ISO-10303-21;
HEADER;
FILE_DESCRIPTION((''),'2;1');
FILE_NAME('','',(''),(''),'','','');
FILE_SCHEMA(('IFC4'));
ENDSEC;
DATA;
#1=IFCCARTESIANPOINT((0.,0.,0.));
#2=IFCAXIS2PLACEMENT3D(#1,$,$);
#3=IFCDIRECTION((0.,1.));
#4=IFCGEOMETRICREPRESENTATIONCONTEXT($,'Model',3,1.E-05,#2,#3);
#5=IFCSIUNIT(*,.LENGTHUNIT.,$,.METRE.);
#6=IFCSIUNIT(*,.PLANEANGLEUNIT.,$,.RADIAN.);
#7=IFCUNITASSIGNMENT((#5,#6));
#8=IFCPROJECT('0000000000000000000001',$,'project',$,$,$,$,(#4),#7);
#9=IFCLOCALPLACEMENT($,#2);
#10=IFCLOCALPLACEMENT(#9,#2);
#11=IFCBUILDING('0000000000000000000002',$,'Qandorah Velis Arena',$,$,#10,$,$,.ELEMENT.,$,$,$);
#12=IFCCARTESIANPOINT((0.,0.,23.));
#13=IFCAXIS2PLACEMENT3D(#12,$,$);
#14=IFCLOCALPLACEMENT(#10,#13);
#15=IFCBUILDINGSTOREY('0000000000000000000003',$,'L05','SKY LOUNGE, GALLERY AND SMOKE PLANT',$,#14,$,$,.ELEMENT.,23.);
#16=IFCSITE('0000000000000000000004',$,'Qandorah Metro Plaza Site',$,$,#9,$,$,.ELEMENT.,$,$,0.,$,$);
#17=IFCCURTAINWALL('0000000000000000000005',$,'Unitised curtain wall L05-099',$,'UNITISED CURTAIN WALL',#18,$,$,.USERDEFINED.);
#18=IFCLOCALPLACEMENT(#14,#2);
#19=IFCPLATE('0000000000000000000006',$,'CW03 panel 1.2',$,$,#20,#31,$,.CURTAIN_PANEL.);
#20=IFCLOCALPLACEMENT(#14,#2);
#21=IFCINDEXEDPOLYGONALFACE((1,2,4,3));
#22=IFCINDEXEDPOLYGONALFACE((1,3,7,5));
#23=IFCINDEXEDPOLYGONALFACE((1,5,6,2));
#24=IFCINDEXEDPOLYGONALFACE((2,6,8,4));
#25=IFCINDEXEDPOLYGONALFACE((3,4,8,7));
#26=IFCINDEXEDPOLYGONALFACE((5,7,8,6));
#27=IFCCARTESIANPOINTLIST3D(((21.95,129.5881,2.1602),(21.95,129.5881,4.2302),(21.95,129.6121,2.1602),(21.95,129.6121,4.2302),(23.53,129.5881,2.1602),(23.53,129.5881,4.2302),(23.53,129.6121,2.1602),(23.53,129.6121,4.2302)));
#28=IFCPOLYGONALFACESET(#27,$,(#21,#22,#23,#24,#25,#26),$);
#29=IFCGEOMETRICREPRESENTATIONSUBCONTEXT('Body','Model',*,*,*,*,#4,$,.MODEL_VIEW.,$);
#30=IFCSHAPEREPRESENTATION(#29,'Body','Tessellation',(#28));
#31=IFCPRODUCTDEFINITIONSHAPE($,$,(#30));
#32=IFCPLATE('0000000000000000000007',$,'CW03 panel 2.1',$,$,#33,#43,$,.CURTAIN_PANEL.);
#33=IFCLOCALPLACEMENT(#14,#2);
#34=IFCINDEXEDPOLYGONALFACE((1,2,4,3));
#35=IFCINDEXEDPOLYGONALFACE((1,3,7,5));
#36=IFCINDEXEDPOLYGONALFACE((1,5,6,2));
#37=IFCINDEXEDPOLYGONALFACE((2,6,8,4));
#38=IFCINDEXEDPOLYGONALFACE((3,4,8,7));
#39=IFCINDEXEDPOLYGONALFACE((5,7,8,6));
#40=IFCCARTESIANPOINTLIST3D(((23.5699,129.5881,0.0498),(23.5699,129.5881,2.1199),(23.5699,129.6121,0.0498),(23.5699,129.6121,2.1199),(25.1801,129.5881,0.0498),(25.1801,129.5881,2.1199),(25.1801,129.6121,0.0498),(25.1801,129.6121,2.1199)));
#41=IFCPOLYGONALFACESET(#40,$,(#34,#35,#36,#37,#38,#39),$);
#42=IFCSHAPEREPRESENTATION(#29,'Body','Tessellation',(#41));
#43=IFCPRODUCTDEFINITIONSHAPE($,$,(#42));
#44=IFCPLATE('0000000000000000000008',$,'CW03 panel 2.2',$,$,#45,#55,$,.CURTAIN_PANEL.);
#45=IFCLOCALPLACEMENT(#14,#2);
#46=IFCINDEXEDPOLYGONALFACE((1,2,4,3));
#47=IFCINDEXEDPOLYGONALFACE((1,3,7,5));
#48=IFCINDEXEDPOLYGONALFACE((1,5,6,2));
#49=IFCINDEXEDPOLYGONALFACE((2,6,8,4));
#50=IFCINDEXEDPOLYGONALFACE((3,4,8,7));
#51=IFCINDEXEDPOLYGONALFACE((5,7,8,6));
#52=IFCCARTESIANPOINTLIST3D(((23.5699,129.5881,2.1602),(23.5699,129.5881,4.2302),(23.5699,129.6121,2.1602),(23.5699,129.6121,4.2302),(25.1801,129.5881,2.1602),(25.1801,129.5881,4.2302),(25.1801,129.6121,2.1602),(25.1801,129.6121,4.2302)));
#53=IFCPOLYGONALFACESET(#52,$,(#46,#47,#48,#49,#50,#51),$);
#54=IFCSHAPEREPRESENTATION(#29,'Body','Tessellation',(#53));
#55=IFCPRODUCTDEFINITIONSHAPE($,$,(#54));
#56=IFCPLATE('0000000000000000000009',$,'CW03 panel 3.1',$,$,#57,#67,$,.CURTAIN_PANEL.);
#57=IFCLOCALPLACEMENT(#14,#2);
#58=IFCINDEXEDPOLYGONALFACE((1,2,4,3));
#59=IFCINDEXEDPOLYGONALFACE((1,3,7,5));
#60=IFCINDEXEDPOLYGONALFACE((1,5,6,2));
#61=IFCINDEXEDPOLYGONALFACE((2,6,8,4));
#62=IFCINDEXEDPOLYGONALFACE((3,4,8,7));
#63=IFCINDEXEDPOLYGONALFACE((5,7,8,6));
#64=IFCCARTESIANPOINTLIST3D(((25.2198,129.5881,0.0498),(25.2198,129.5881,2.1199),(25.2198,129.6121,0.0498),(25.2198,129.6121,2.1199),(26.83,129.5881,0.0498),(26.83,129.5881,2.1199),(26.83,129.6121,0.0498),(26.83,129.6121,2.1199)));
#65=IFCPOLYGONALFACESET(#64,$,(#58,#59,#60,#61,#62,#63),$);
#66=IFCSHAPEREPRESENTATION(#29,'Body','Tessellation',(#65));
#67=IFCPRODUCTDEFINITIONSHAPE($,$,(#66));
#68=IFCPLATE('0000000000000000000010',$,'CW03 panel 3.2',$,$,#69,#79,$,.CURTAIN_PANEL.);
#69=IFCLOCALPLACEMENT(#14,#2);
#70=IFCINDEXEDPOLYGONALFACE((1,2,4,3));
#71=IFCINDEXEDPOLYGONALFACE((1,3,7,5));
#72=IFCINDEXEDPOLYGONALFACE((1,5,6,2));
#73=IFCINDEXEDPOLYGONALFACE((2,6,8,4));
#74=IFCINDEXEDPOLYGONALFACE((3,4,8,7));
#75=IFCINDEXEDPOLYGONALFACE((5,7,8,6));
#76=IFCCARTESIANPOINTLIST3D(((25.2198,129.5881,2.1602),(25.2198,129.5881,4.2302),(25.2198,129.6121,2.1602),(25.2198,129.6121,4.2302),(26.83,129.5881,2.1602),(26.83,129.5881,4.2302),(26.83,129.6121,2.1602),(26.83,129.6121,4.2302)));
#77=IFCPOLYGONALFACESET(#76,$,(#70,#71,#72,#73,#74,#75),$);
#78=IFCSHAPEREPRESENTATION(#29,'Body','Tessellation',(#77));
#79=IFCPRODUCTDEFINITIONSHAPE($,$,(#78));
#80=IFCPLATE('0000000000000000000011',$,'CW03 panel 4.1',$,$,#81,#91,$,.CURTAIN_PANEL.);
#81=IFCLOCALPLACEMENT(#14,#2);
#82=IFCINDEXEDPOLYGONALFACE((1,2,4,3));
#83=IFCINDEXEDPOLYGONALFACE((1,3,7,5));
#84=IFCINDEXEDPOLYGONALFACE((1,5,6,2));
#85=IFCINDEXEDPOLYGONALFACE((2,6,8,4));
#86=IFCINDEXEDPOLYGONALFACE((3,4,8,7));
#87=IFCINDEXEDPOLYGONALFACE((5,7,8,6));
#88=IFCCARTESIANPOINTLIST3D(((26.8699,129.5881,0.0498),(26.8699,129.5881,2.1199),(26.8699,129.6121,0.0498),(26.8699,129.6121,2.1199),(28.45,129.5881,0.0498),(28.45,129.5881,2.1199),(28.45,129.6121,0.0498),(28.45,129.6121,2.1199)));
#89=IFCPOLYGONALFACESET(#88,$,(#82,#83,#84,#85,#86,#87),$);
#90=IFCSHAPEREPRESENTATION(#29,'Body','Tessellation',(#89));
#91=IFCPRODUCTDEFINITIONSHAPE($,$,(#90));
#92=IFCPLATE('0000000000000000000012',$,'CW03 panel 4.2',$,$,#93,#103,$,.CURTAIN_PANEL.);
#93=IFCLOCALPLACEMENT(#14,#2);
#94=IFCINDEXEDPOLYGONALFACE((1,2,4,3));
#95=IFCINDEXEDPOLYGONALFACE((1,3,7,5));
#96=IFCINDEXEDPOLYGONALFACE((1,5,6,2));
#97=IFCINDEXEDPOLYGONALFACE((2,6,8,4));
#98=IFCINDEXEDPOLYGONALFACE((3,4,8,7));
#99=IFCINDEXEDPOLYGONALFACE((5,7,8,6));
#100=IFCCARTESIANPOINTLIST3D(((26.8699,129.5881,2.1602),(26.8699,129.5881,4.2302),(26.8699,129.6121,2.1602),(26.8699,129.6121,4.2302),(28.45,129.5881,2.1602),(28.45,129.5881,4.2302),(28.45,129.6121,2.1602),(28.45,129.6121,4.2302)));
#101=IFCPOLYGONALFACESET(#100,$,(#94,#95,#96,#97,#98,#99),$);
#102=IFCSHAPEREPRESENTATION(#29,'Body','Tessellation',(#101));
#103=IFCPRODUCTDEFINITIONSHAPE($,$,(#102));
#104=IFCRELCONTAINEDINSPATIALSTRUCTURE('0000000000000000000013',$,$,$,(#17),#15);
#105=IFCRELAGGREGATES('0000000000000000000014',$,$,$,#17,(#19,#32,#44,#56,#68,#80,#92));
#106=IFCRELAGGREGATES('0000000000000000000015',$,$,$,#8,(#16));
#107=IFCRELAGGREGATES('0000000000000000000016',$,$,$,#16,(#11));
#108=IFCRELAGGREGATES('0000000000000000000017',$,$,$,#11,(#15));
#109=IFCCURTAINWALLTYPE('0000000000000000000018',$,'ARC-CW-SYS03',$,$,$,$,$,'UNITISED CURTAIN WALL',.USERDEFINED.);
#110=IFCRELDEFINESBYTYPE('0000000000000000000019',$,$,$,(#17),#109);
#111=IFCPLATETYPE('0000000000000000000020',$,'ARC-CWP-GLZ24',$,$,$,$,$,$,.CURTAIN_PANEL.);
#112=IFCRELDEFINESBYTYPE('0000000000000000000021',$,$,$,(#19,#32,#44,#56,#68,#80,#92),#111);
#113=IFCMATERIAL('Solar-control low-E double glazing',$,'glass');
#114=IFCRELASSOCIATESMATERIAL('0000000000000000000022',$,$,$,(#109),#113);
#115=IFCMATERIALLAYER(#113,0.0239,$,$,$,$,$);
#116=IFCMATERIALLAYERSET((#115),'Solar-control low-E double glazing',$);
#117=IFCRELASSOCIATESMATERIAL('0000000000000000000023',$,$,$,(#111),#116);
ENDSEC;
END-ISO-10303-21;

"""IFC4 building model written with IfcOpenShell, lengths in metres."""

from ifc_helpers import new_model, si_unit, direction, frame, origin, origin_2d, place, context, subcontext, project, spatial, rectangle, extrude, material, layer, layer_set, type_object, element, aggregate, save


model = new_model("IFC4")

# Units and contexts
model_context = context("Model", 3, precision=1e-05, world=origin(), true_north=direction((0.0, 1.0)))
body_context = subcontext(model_context, "Body", "Model", "MODEL_VIEW")
ifc_project = project(units=[si_unit("LENGTHUNIT", "METRE"), si_unit("PLANEANGLEUNIT", "RADIAN")], contexts=[model_context])

# Site, building, storey
site_placement = place(None, origin())
site = spatial("IfcSite", under=ifc_project, at=site_placement, Name="Qandorah Metro Plaza Site", CompositionType="ELEMENT", RefElevation=0.0)
building_placement = place(site_placement, origin())
building = spatial("IfcBuilding", under=site, at=building_placement, Name="Qandorah Velis Arena", CompositionType="ELEMENT")
storey_placement = place(building_placement, frame((0.0, 0.0, 23.0)))
storey = spatial("IfcBuildingStorey", under=building, at=storey_placement, Name="L05", Description="SKY LOUNGE, GALLERY AND SMOKE PLANT", CompositionType="ELEMENT", Elevation=23.0)

# Curtain wall
ifc_material_1 = material(Name="Solar-control low-E double glazing", Category="glass")
curtain_wall_type = type_object("IfcCurtainWallType", Name="ARC-CW-SYS03", ElementType="UNITISED CURTAIN WALL", PredefinedType="USERDEFINED", material=ifc_material_1)
curtain_wall_placement = place(storey_placement, origin())
curtain_wall = element("IfcCurtainWall", 1, at=curtain_wall_placement, inside=storey, type_object=curtain_wall_type, Name="Unitised curtain wall L05-099", ObjectType="UNITISED CURTAIN WALL", PredefinedType="USERDEFINED")

# Plates
ifc_layer = layer(ifc_material_1, 0.0239)
ifc_layer_set = layer_set([ifc_layer], Name="Solar-control low-E double glazing")
plate_type = type_object("IfcPlateType", Name="ARC-CWP-GLZ24", PredefinedType="CURTAIN_PANEL", material=ifc_layer_set)
plate_1_placement = place(storey_placement, frame((22.74, 129.6001, 2.1602), z_axis=(0.0, 0.0, 1.0), x_axis=(1.0, 0.0, 0.0)))
plate_1 = element("IfcPlate", 2, at=plate_1_placement, type_object=plate_type, Name="CW03 panel 1.2", PredefinedType="CURTAIN_PANEL", context=body_context, shape_type="SweptSolid", body=[
    extrude(rectangle(XDim=1.5801, YDim=0.0239, at=origin_2d()), origin(), (0.0, 0.0, 1.0), 2.0701),
])
plate_2_placement = place(storey_placement, frame((24.375, 129.6001, 0.0498), z_axis=(0.0, 0.0, 1.0), x_axis=(1.0, 0.0, 0.0)))
plate_2 = element("IfcPlate", 3, at=plate_2_placement, type_object=plate_type, Name="CW03 panel 2.1", PredefinedType="CURTAIN_PANEL", context=body_context, shape_type="SweptSolid", body=[
    extrude(rectangle(XDim=1.6101, YDim=0.0239, at=origin_2d()), origin(), (0.0, 0.0, 1.0), 2.0701),
])
plate_3_placement = place(storey_placement, frame((24.375, 129.6001, 2.1602), z_axis=(0.0, 0.0, 1.0), x_axis=(1.0, 0.0, 0.0)))
plate_3 = element("IfcPlate", 4, at=plate_3_placement, type_object=plate_type, Name="CW03 panel 2.2", PredefinedType="CURTAIN_PANEL", context=body_context, shape_type="SweptSolid", body=[
    extrude(rectangle(XDim=1.6101, YDim=0.0239, at=origin_2d()), origin(), (0.0, 0.0, 1.0), 2.0701),
])
plate_4_placement = place(storey_placement, frame((26.0249, 129.6001, 0.0498), z_axis=(0.0, 0.0, 1.0), x_axis=(1.0, 0.0, 0.0)))
plate_4 = element("IfcPlate", 5, at=plate_4_placement, type_object=plate_type, Name="CW03 panel 3.1", PredefinedType="CURTAIN_PANEL", context=body_context, shape_type="SweptSolid", body=[
    extrude(rectangle(XDim=1.6101, YDim=0.0239, at=origin_2d()), origin(), (0.0, 0.0, 1.0), 2.0701),
])
plate_5_placement = place(storey_placement, frame((26.0249, 129.6001, 2.1602), z_axis=(0.0, 0.0, 1.0), x_axis=(1.0, 0.0, 0.0)))
plate_5 = element("IfcPlate", 6, at=plate_5_placement, type_object=plate_type, Name="CW03 panel 3.2", PredefinedType="CURTAIN_PANEL", context=body_context, shape_type="SweptSolid", body=[
    extrude(rectangle(XDim=1.6101, YDim=0.0239, at=origin_2d()), origin(), (0.0, 0.0, 1.0), 2.0701),
])
plate_6_placement = place(storey_placement, frame((27.6599, 129.6001, 0.0498), z_axis=(0.0, 0.0, 1.0), x_axis=(1.0, 0.0, 0.0)))
plate_6 = element("IfcPlate", 7, at=plate_6_placement, type_object=plate_type, Name="CW03 panel 4.1", PredefinedType="CURTAIN_PANEL", context=body_context, shape_type="SweptSolid", body=[
    extrude(rectangle(XDim=1.5801, YDim=0.0239, at=origin_2d()), origin(), (0.0, 0.0, 1.0), 2.0701),
])
plate_7_placement = place(storey_placement, frame((27.6599, 129.6001, 2.1602), z_axis=(0.0, 0.0, 1.0), x_axis=(1.0, 0.0, 0.0)))
plate_7 = element("IfcPlate", 8, at=plate_7_placement, type_object=plate_type, Name="CW03 panel 4.2", PredefinedType="CURTAIN_PANEL", context=body_context, shape_type="SweptSolid", body=[
    extrude(rectangle(XDim=1.5801, YDim=0.0239, at=origin_2d()), origin(), (0.0, 0.0, 1.0), 2.0701),
])
aggregate(curtain_wall, [plate_1, plate_2, plate_3, plate_4, plate_5, plate_6, plate_7])

save(model, "model.ifc")
